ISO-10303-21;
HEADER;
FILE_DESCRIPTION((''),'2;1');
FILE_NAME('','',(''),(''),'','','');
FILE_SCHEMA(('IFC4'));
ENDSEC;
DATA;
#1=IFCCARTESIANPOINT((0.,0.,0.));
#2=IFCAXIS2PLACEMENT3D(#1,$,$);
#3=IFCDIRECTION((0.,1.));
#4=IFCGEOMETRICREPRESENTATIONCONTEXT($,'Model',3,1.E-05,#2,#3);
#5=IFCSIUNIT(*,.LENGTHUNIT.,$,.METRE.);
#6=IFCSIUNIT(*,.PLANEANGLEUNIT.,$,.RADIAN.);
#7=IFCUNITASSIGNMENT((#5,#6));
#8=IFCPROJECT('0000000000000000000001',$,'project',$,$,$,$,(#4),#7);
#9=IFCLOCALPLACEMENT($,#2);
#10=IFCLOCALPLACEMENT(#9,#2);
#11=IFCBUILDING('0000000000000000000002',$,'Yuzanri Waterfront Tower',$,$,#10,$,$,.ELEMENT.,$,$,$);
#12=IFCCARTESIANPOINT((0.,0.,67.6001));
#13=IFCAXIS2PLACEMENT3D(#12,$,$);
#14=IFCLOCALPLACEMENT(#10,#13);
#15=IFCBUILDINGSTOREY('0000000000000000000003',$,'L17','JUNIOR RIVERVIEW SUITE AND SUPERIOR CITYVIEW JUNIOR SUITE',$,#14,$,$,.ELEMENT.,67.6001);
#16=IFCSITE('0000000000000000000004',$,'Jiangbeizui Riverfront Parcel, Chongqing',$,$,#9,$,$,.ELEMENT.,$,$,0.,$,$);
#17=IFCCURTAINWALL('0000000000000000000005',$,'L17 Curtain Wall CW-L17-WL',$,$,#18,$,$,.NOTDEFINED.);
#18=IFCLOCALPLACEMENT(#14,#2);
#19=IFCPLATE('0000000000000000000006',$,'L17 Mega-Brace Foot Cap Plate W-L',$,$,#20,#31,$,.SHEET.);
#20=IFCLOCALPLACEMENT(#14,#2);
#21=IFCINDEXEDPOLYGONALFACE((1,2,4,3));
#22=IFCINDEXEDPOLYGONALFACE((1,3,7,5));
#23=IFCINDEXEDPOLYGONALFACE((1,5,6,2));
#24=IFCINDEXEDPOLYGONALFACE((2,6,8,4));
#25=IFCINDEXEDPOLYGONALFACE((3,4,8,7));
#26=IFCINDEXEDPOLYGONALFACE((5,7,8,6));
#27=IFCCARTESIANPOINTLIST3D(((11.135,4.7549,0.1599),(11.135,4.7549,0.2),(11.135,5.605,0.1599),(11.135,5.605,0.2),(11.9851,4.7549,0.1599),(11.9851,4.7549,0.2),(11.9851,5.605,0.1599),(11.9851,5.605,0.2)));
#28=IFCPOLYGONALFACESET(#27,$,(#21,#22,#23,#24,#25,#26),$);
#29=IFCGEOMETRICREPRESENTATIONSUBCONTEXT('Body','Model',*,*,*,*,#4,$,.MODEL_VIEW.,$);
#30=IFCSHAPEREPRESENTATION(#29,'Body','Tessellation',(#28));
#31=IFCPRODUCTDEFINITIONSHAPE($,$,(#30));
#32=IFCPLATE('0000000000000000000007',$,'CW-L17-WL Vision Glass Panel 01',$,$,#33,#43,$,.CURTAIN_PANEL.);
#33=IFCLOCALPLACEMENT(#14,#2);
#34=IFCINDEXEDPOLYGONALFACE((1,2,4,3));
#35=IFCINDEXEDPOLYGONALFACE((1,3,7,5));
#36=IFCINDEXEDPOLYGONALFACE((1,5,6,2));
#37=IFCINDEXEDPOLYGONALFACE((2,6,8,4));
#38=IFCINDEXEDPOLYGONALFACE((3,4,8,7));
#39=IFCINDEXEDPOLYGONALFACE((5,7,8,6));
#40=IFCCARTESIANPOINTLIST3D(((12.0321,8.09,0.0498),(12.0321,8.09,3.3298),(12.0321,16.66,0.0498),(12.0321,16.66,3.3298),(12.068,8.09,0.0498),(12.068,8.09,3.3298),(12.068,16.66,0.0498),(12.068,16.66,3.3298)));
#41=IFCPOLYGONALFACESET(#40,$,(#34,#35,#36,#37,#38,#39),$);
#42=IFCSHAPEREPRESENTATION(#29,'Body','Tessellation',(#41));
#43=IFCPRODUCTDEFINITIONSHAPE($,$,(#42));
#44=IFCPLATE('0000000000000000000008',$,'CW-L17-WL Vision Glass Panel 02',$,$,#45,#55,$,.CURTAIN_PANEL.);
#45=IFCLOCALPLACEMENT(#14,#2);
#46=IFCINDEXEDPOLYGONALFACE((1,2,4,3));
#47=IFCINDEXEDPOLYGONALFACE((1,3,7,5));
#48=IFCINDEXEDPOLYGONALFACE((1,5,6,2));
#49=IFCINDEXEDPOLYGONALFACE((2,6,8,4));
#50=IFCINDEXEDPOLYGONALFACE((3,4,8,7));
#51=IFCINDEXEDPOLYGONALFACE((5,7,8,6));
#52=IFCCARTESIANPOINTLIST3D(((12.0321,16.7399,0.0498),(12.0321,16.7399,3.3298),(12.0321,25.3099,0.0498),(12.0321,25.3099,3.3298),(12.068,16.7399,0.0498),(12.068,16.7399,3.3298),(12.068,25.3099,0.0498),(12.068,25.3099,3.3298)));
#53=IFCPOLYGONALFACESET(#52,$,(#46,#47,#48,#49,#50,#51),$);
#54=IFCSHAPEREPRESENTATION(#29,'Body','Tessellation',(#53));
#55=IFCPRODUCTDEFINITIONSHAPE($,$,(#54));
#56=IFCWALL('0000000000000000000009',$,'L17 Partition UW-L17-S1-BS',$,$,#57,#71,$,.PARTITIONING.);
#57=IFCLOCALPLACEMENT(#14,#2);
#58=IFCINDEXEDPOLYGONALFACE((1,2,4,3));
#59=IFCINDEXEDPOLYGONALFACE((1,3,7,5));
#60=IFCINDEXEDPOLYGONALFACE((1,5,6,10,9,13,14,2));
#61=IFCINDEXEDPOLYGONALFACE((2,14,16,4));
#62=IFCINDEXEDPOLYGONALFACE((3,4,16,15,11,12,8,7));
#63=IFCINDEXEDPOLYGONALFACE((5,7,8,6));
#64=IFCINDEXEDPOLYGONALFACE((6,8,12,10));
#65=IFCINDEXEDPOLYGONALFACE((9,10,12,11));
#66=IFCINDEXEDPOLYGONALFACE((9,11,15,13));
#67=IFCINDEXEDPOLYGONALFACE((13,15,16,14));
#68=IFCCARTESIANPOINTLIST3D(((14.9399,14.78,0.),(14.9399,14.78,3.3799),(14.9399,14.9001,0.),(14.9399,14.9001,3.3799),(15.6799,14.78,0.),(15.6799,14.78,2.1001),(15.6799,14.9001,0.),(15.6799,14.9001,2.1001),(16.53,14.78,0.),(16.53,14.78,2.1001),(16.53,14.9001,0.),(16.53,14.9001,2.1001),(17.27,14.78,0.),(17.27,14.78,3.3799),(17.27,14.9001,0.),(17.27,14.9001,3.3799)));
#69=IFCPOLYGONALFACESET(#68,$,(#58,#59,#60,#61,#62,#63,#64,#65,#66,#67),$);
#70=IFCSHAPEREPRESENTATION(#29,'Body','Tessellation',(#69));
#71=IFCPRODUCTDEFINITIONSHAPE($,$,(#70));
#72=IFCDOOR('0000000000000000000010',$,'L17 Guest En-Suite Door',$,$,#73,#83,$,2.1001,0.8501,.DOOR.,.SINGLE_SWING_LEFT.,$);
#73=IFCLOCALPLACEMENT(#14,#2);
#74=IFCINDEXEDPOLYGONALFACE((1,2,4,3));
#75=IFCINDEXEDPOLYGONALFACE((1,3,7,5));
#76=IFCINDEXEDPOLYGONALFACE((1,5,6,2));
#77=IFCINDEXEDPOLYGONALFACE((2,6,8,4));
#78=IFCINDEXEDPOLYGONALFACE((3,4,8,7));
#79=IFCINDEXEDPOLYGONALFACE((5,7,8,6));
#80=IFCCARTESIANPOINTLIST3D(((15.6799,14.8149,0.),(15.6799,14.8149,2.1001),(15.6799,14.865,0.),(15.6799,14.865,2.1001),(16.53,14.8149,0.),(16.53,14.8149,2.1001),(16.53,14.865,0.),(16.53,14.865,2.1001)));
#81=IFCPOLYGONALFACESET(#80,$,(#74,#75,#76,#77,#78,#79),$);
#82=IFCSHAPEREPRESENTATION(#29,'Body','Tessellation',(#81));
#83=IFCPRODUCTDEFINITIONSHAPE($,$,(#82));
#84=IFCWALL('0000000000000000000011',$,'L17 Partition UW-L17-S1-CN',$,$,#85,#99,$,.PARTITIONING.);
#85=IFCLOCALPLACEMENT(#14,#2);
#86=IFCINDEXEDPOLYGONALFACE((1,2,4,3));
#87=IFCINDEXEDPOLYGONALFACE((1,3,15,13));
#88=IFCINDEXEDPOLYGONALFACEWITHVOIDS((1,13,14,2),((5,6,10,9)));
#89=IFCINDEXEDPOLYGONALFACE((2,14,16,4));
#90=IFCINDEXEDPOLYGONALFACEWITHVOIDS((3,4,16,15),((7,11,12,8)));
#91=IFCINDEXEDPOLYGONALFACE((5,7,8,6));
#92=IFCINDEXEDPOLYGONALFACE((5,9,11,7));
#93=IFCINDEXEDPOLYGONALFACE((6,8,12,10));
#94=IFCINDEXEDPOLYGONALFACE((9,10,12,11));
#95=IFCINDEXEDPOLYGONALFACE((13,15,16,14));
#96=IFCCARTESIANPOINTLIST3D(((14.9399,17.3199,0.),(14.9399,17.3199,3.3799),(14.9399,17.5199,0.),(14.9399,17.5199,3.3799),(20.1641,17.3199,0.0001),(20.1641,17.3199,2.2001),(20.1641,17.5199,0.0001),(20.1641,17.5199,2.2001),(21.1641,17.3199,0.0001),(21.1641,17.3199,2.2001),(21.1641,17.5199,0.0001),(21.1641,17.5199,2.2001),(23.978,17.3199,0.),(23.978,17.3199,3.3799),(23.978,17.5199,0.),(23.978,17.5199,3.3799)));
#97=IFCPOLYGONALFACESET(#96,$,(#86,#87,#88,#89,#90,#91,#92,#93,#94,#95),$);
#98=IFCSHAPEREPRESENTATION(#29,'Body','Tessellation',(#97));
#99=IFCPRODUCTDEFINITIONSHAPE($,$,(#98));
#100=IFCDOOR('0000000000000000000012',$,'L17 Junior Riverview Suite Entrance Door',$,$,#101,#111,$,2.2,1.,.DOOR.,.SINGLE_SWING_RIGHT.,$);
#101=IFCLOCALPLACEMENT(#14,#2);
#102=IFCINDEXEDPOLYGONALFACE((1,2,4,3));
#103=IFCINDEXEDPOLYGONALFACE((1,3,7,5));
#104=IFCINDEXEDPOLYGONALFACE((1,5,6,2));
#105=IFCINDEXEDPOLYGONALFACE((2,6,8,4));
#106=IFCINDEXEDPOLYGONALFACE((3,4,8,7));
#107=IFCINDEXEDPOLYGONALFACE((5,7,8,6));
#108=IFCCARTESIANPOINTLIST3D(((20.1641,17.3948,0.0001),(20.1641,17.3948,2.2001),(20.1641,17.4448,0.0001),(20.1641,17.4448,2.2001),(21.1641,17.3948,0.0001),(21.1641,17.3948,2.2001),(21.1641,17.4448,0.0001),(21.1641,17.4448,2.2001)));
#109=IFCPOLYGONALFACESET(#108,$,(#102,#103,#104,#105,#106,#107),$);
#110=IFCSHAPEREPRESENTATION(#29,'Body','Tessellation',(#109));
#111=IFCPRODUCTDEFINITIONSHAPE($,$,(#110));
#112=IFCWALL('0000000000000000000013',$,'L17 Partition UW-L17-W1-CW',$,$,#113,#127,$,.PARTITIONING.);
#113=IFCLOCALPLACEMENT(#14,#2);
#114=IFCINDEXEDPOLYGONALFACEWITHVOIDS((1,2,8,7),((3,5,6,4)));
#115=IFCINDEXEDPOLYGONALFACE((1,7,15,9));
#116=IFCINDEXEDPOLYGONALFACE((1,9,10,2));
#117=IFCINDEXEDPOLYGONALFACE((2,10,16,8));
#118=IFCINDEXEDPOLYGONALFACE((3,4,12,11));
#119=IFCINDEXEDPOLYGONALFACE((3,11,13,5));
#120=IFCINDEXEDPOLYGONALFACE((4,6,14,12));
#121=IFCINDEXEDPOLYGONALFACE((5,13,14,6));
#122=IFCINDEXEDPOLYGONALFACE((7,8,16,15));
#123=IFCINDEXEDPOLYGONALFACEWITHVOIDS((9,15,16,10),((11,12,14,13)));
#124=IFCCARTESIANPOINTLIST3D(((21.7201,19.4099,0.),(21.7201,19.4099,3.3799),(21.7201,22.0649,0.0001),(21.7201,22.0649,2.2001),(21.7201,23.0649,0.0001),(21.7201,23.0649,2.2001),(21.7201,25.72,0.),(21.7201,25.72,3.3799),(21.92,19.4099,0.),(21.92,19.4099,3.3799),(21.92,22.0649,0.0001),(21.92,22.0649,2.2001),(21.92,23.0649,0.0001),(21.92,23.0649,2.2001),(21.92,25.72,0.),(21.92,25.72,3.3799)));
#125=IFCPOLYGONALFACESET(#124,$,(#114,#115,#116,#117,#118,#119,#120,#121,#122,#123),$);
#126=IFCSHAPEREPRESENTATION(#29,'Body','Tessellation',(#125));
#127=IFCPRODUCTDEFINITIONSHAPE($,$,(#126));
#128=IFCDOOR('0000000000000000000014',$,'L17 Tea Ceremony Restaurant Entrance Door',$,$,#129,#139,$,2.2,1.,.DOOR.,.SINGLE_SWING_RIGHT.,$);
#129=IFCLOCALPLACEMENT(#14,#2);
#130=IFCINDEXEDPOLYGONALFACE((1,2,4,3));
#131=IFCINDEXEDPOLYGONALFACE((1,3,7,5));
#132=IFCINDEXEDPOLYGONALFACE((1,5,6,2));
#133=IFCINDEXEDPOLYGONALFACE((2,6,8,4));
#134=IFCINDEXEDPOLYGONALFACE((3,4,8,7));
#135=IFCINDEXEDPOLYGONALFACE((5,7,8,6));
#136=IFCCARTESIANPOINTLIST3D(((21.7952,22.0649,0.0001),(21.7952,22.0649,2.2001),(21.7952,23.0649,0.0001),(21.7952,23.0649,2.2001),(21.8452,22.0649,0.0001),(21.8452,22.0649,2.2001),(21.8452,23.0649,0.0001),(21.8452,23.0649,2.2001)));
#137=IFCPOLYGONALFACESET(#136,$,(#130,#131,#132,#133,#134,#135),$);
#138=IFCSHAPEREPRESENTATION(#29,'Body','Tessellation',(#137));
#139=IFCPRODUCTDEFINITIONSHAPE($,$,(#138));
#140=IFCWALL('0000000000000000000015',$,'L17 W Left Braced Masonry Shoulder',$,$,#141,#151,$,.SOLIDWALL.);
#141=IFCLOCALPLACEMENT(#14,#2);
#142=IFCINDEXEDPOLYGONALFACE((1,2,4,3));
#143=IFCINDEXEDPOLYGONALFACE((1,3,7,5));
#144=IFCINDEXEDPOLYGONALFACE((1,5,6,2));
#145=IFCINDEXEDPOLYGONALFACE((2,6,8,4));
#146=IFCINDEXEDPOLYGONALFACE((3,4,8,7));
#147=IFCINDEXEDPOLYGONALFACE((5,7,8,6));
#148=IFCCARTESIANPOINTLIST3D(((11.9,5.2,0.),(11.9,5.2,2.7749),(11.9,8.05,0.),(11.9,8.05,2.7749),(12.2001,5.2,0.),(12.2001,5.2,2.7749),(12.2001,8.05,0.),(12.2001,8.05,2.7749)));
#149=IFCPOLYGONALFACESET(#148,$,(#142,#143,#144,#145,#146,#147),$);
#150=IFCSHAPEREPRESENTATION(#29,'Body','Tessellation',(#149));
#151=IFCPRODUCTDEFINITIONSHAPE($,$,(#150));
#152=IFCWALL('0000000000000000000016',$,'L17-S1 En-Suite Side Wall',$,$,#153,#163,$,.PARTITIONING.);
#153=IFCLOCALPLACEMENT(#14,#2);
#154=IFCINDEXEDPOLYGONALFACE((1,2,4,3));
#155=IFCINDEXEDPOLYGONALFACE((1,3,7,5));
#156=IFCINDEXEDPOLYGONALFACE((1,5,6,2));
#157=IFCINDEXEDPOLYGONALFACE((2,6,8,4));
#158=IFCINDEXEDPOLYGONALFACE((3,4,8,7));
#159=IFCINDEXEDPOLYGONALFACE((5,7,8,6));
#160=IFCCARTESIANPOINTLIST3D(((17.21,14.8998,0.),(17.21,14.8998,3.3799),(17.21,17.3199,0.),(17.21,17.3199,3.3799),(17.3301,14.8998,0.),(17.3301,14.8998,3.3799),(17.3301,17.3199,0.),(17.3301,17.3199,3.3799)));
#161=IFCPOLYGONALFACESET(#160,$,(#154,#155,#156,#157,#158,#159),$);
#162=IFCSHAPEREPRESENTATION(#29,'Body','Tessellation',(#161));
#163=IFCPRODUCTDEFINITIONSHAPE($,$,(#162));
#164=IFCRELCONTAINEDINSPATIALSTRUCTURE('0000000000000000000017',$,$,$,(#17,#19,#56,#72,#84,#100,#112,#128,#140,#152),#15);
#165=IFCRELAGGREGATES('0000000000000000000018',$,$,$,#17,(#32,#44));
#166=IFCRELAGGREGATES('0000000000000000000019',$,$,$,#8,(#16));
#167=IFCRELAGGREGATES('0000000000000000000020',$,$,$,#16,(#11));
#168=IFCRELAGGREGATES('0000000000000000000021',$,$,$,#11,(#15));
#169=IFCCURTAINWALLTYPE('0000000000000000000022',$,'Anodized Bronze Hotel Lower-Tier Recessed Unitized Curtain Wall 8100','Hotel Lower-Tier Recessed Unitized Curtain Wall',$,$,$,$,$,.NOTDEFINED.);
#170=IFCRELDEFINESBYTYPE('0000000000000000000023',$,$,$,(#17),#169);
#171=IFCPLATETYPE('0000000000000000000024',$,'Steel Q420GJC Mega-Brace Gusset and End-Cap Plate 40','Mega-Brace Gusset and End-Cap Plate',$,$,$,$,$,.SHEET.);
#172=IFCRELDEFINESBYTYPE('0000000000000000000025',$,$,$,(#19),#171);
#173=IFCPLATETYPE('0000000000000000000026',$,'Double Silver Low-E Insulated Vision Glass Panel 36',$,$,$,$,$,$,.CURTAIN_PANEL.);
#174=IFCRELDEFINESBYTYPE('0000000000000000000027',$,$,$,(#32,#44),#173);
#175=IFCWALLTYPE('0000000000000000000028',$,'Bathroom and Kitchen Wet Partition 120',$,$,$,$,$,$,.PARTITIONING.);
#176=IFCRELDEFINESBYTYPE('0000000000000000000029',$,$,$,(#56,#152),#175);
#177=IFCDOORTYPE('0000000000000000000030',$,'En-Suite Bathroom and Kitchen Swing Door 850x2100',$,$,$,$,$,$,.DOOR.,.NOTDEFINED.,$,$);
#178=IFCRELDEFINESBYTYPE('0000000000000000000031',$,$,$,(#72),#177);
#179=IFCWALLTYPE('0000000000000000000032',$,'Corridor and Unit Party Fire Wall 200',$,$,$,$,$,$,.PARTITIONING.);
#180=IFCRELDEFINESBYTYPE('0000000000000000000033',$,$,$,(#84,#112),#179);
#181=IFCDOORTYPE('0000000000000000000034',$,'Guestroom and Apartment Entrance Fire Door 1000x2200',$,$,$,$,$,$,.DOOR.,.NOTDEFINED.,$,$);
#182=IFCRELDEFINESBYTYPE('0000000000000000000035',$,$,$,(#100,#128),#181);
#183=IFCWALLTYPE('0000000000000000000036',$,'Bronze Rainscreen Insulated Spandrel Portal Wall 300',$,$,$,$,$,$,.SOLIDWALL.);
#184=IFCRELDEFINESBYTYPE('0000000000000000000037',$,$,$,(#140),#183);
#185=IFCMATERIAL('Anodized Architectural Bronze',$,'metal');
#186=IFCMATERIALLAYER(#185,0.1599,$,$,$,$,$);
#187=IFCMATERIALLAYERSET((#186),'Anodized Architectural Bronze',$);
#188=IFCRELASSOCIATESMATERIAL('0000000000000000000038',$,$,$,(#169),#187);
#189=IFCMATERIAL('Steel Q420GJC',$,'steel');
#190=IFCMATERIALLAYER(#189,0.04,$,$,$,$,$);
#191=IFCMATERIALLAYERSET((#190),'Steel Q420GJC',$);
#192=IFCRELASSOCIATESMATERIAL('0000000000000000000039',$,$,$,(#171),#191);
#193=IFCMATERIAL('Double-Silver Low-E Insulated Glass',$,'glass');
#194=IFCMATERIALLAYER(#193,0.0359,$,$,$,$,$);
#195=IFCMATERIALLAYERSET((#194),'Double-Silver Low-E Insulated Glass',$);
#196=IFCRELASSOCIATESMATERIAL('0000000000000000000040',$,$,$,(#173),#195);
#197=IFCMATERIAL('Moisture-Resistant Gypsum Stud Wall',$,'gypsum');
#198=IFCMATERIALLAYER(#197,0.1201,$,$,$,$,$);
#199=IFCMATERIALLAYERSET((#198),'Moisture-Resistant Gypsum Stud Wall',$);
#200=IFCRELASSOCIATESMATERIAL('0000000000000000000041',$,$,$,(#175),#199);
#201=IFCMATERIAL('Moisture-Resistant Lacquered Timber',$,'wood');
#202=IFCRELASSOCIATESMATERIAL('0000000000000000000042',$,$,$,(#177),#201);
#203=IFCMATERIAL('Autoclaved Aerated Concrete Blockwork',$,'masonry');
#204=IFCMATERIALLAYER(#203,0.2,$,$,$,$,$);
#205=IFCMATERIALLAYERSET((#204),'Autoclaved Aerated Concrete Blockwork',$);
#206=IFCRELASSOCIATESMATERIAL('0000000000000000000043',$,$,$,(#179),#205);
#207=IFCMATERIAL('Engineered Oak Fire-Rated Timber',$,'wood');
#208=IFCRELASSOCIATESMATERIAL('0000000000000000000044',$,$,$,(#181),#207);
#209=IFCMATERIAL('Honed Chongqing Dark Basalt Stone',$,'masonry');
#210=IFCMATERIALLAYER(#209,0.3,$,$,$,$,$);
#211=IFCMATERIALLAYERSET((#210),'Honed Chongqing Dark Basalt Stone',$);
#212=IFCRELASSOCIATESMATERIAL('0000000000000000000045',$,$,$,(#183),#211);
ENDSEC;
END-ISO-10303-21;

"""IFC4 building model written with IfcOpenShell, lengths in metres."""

from ifc_helpers import new_model, si_unit, direction, frame, frame_2d, origin, origin_2d, place, context, subcontext, project, spatial, rectangle, extrude, source, transform, mapped, material, layer, layer_set, type_object, element, fill, aggregate, save


model = new_model("IFC4")

# Units and contexts
model_context = context("Model", 3, precision=1e-05, world=origin(), true_north=direction((0.0, 1.0)))
body_context = subcontext(model_context, "Body", "Model", "MODEL_VIEW")
ifc_project = project(units=[si_unit("LENGTHUNIT", "METRE"), si_unit("PLANEANGLEUNIT", "RADIAN")], contexts=[model_context])

# Site, building, storey
site_placement = place(None, origin())
site = spatial("IfcSite", under=ifc_project, at=site_placement, Name="Jiangbeizui Riverfront Parcel, Chongqing", CompositionType="ELEMENT", RefElevation=0.0)
building_placement = place(site_placement, origin())
building = spatial("IfcBuilding", under=site, at=building_placement, Name="Yuzanri Waterfront Tower", CompositionType="ELEMENT")
storey_placement = place(building_placement, frame((0.0, 0.0, 67.6001)))
storey = spatial("IfcBuildingStorey", under=building, at=storey_placement, Name="L17", Description="JUNIOR RIVERVIEW SUITE AND SUPERIOR CITYVIEW JUNIOR SUITE", CompositionType="ELEMENT", Elevation=67.6001)

# Curtain wall
ifc_material_1 = material(Name="Anodized Architectural Bronze", Category="metal")
ifc_layer_1 = layer(ifc_material_1, 0.1599)
ifc_layer_set_1 = layer_set([ifc_layer_1], Name="Anodized Architectural Bronze")
curtain_wall_type = type_object("IfcCurtainWallType", Name="Anodized Bronze Hotel Lower-Tier Recessed Unitized Curtain Wall 8100", Description="Hotel Lower-Tier Recessed Unitized Curtain Wall", PredefinedType="NOTDEFINED", material=ifc_layer_set_1)
curtain_wall_placement = place(storey_placement, origin())
curtain_wall = element("IfcCurtainWall", 1, at=curtain_wall_placement, inside=storey, type_object=curtain_wall_type, Name="L17 Curtain Wall CW-L17-WL", PredefinedType="NOTDEFINED")

# Plates
ifc_material_2 = material(Name="Steel Q420GJC", Category="steel")
ifc_layer_2 = layer(ifc_material_2, 0.04)
ifc_layer_set_2 = layer_set([ifc_layer_2], Name="Steel Q420GJC")
plate_type_1 = type_object("IfcPlateType", Name="Steel Q420GJC Mega-Brace Gusset and End-Cap Plate 40", Description="Mega-Brace Gusset and End-Cap Plate", PredefinedType="SHEET", material=ifc_layer_set_2)
shared_shape_1 = source(origin(), body_context, "Body", "SweptSolid", [
    extrude(rectangle(XDim=0.8501, YDim=0.8501, at=origin_2d()), origin(), (0.0, 0.0, 1.0), 0.04),
])
plate_1_placement = place(storey_placement, frame((11.5601, 5.1799, 0.1599), z_axis=(0.0, 0.0, 1.0), x_axis=(1.0, 0.0, 0.0)))
element("IfcPlate", 2, at=plate_1_placement, inside=storey, type_object=plate_type_1, Name="L17 Mega-Brace Foot Cap Plate W-L", PredefinedType="SHEET", context=body_context, shape_type="MappedRepresentation", body=[
    mapped(shared_shape_1, transform((0.0, 0.0, 0.0), scale=1.0)),
])
ifc_material_3 = material(Name="Double-Silver Low-E Insulated Glass", Category="glass")
ifc_layer_3 = layer(ifc_material_3, 0.0359)
ifc_layer_set_3 = layer_set([ifc_layer_3], Name="Double-Silver Low-E Insulated Glass")
plate_type_2 = type_object("IfcPlateType", Name="Double Silver Low-E Insulated Vision Glass Panel 36", PredefinedType="CURTAIN_PANEL", material=ifc_layer_set_3)
shared_shape_2 = source(origin(), body_context, "Body", "SweptSolid", [
    extrude(rectangle(XDim=8.5701, YDim=0.0359, at=origin_2d()), origin(), (0.0, 0.0, 1.0), 3.28),
])
plate_2_placement = place(storey_placement, frame((12.05, 12.375, 0.0498), z_axis=(0.0, 0.0, 1.0), x_axis=(0.0, 1.0, 0.0)))
plate_2 = element("IfcPlate", 3, at=plate_2_placement, type_object=plate_type_2, Name="CW-L17-WL Vision Glass Panel 01", PredefinedType="CURTAIN_PANEL", context=body_context, shape_type="MappedRepresentation", body=[
    mapped(shared_shape_2, transform((0.0, 0.0, 0.0), scale=1.0)),
])
plate_3_placement = place(storey_placement, frame((12.05, 21.0249, 0.0498), z_axis=(0.0, 0.0, 1.0), x_axis=(0.0, 1.0, 0.0)))
plate_3 = element("IfcPlate", 4, at=plate_3_placement, type_object=plate_type_2, Name="CW-L17-WL Vision Glass Panel 02", PredefinedType="CURTAIN_PANEL", context=body_context, shape_type="MappedRepresentation", body=[
    mapped(shared_shape_2, transform((0.0, 0.0, 0.0), scale=1.0)),
])
aggregate(curtain_wall, [plate_2, plate_3])

# Wall, opening, door
ifc_material_4 = material(Name="Moisture-Resistant Gypsum Stud Wall", Category="gypsum")
ifc_layer_4 = layer(ifc_material_4, 0.1201)
ifc_layer_set_4 = layer_set([ifc_layer_4], Name="Moisture-Resistant Gypsum Stud Wall")
wall_type_1 = type_object("IfcWallType", Name="Bathroom and Kitchen Wet Partition 120", PredefinedType="PARTITIONING", material=ifc_layer_set_4)
wall_1_placement = place(storey_placement, frame((14.9399, 14.8401, 0.0), z_axis=(0.0, 0.0, 1.0), x_axis=(1.0, 0.0, 0.0)))
wall_1 = element("IfcWall", 5, at=wall_1_placement, inside=storey, type_object=wall_type_1, Name="L17 Partition UW-L17-S1-BS", PredefinedType="PARTITIONING", context=body_context, shape_type="SweptSolid", body=[
    extrude(rectangle(XDim=2.3301, YDim=0.1201, at=frame_2d((1.165, 0.0))), origin(), (0.0, 0.0, 1.0), 3.3799),
])
opening_1_placement = place(wall_1_placement, frame((0.74, 0.0, 0.0)))
opening_1 = element("IfcOpeningElement", 6, at=opening_1_placement, cuts=wall_1, PredefinedType="OPENING", context=body_context, shape_type="SweptSolid", body=[
    extrude(rectangle(XDim=0.8501, YDim=2.1001, at=frame_2d((0.425, 1.05))), frame((0.0, 0.075, 0.0), z_axis=(0.0, -1.0, 0.0), x_axis=(1.0, 0.0, 0.0)), (0.0, 0.0, 1.0), 0.1499),
])
ifc_material_5 = material(Name="Moisture-Resistant Lacquered Timber", Category="wood")
door_type_1 = type_object("IfcDoorType", Name="En-Suite Bathroom and Kitchen Swing Door 850x2100", OperationType="NOTDEFINED", PredefinedType="DOOR", material=ifc_material_5)
shared_shape_3 = source(origin(), body_context, "Body", "SweptSolid", [
    extrude(rectangle(XDim=0.8501, YDim=2.1001, at=frame_2d((0.425, 1.05))), frame((0.0, 0.0249, 0.0), z_axis=(0.0, -1.0, 0.0), x_axis=(1.0, 0.0, 0.0)), (0.0, 0.0, 1.0), 0.05),
])
door_1_placement = place(opening_1_placement, origin())
door_1 = element("IfcDoor", 7, at=door_1_placement, inside=storey, type_object=door_type_1, Name="L17 Guest En-Suite Door", OperationType="SINGLE_SWING_LEFT", OverallHeight=2.1001, OverallWidth=0.8501, PredefinedType="DOOR", context=body_context, shape_type="MappedRepresentation", body=[
    mapped(shared_shape_3, transform((0.0, 0.0, 0.0), scale=1.0)),
])
fill(opening_1, door_1)

# Walls, openings, doors
ifc_material_6 = material(Name="Autoclaved Aerated Concrete Blockwork", Category="masonry")
ifc_layer_5 = layer(ifc_material_6, 0.2)
ifc_layer_set_5 = layer_set([ifc_layer_5], Name="Autoclaved Aerated Concrete Blockwork")
wall_type_2 = type_object("IfcWallType", Name="Corridor and Unit Party Fire Wall 200", PredefinedType="PARTITIONING", material=ifc_layer_set_5)
wall_2_placement = place(storey_placement, frame((14.9399, 17.4199, 0.0), z_axis=(0.0, 0.0, 1.0), x_axis=(1.0, 0.0, 0.0)))
wall_2 = element("IfcWall", 8, at=wall_2_placement, inside=storey, type_object=wall_type_2, Name="L17 Partition UW-L17-S1-CN", PredefinedType="PARTITIONING", context=body_context, shape_type="SweptSolid", body=[
    extrude(rectangle(XDim=9.0381, YDim=0.2, at=frame_2d((4.519, 0.0))), origin(), (0.0, 0.0, 1.0), 3.3799),
])
opening_2_placement = place(wall_2_placement, frame((5.2241, 0.0, 0.0)))
opening_2 = element("IfcOpeningElement", 9, at=opening_2_placement, cuts=wall_2, PredefinedType="OPENING", context=body_context, shape_type="SweptSolid", body=[
    extrude(rectangle(XDim=1.0, YDim=2.2, at=frame_2d((0.5, 1.1001))), frame((0.0, 0.1147, 0.0), z_axis=(0.0, -1.0, 0.0), x_axis=(1.0, 0.0, 0.0)), (0.0, 0.0, 1.0), 0.2297),
])
ifc_material_7 = material(Name="Engineered Oak Fire-Rated Timber", Category="wood")
door_type_2 = type_object("IfcDoorType", Name="Guestroom and Apartment Entrance Fire Door 1000x2200", OperationType="NOTDEFINED", PredefinedType="DOOR", material=ifc_material_7)
shared_shape_4 = source(origin(), body_context, "Body", "SweptSolid", [
    extrude(rectangle(XDim=1.0, YDim=2.2, at=frame_2d((0.5, 1.1001))), frame((0.0, 0.0249, 0.0), z_axis=(0.0, -1.0, 0.0), x_axis=(1.0, 0.0, 0.0)), (0.0, 0.0, 1.0), 0.05),
])
door_2_placement = place(opening_2_placement, origin())
door_2 = element("IfcDoor", 10, at=door_2_placement, inside=storey, type_object=door_type_2, Name="L17 Junior Riverview Suite Entrance Door", OperationType="SINGLE_SWING_RIGHT", OverallHeight=2.2, OverallWidth=1.0, PredefinedType="DOOR", context=body_context, shape_type="MappedRepresentation", body=[
    mapped(shared_shape_4, transform((0.0, 0.0, 0.0), scale=1.0)),
])
fill(opening_2, door_2)
wall_3_placement = place(storey_placement, frame((21.8201, 19.4099, 0.0), z_axis=(0.0, 0.0, 1.0), x_axis=(0.0, 1.0, 0.0)))
wall_3 = element("IfcWall", 11, at=wall_3_placement, inside=storey, type_object=wall_type_2, Name="L17 Partition UW-L17-W1-CW", PredefinedType="PARTITIONING", context=body_context, shape_type="SweptSolid", body=[
    extrude(rectangle(XDim=6.3101, YDim=0.2, at=frame_2d((3.155, 0.0))), origin(), (0.0, 0.0, 1.0), 3.3799),
])
opening_3_placement = place(wall_3_placement, frame((2.655, 0.0, 0.0)))
opening_3 = element("IfcOpeningElement", 12, at=opening_3_placement, cuts=wall_3, PredefinedType="OPENING", context=body_context, shape_type="SweptSolid", body=[
    extrude(rectangle(XDim=1.0, YDim=2.2, at=frame_2d((0.5, 1.1001))), frame((0.0, 0.1147, 0.0), z_axis=(0.0, -1.0, 0.0), x_axis=(1.0, 0.0, 0.0)), (0.0, 0.0, 1.0), 0.2297),
])
door_3_placement = place(opening_3_placement, origin())
door_3 = element("IfcDoor", 13, at=door_3_placement, inside=storey, type_object=door_type_2, Name="L17 Tea Ceremony Restaurant Entrance Door", OperationType="SINGLE_SWING_RIGHT", OverallHeight=2.2, OverallWidth=1.0, PredefinedType="DOOR", context=body_context, shape_type="MappedRepresentation", body=[
    mapped(shared_shape_4, transform((0.0, 0.0, 0.0), scale=1.0)),
])
fill(opening_3, door_3)

# Walls
ifc_material_8 = material(Name="Honed Chongqing Dark Basalt Stone", Category="masonry")
ifc_layer_6 = layer(ifc_material_8, 0.3)
ifc_layer_set_6 = layer_set([ifc_layer_6], Name="Honed Chongqing Dark Basalt Stone")
wall_type_3 = type_object("IfcWallType", Name="Bronze Rainscreen Insulated Spandrel Portal Wall 300", PredefinedType="SOLIDWALL", material=ifc_layer_set_6)
shared_shape_5 = source(origin(), body_context, "Body", "SweptSolid", [
    extrude(rectangle(XDim=2.8501, YDim=0.3, at=frame_2d((1.425, 0.0))), origin(), (0.0, 0.0, 1.0), 2.7749),
])
wall_4_placement = place(storey_placement, frame((12.05, 5.2, 0.0), z_axis=(0.0, 0.0, 1.0), x_axis=(0.0, 1.0, 0.0)))
element("IfcWall", 14, at=wall_4_placement, inside=storey, type_object=wall_type_3, Name="L17 W Left Braced Masonry Shoulder", PredefinedType="SOLIDWALL", context=body_context, shape_type="MappedRepresentation", body=[
    mapped(shared_shape_5, transform((0.0, 0.0, 0.0), scale=1.0)),
])
shared_shape_6 = source(origin(), body_context, "Body", "SweptSolid", [
    extrude(rectangle(XDim=2.4202, YDim=0.1201, at=frame_2d((1.21, 0.0))), origin(), (0.0, 0.0, 1.0), 3.3799),
])
wall_5_placement = place(storey_placement, frame((17.27, 14.8999, 0.0), z_axis=(0.0, 0.0, 1.0), x_axis=(0.0, 1.0, 0.0)))
element("IfcWall", 15, at=wall_5_placement, inside=storey, type_object=wall_type_1, Name="L17-S1 En-Suite Side Wall", PredefinedType="PARTITIONING", context=body_context, shape_type="MappedRepresentation", body=[
    mapped(shared_shape_6, transform((0.0, 0.0, 0.0), scale=1.0)),
])

save(model, "model.ifc")
